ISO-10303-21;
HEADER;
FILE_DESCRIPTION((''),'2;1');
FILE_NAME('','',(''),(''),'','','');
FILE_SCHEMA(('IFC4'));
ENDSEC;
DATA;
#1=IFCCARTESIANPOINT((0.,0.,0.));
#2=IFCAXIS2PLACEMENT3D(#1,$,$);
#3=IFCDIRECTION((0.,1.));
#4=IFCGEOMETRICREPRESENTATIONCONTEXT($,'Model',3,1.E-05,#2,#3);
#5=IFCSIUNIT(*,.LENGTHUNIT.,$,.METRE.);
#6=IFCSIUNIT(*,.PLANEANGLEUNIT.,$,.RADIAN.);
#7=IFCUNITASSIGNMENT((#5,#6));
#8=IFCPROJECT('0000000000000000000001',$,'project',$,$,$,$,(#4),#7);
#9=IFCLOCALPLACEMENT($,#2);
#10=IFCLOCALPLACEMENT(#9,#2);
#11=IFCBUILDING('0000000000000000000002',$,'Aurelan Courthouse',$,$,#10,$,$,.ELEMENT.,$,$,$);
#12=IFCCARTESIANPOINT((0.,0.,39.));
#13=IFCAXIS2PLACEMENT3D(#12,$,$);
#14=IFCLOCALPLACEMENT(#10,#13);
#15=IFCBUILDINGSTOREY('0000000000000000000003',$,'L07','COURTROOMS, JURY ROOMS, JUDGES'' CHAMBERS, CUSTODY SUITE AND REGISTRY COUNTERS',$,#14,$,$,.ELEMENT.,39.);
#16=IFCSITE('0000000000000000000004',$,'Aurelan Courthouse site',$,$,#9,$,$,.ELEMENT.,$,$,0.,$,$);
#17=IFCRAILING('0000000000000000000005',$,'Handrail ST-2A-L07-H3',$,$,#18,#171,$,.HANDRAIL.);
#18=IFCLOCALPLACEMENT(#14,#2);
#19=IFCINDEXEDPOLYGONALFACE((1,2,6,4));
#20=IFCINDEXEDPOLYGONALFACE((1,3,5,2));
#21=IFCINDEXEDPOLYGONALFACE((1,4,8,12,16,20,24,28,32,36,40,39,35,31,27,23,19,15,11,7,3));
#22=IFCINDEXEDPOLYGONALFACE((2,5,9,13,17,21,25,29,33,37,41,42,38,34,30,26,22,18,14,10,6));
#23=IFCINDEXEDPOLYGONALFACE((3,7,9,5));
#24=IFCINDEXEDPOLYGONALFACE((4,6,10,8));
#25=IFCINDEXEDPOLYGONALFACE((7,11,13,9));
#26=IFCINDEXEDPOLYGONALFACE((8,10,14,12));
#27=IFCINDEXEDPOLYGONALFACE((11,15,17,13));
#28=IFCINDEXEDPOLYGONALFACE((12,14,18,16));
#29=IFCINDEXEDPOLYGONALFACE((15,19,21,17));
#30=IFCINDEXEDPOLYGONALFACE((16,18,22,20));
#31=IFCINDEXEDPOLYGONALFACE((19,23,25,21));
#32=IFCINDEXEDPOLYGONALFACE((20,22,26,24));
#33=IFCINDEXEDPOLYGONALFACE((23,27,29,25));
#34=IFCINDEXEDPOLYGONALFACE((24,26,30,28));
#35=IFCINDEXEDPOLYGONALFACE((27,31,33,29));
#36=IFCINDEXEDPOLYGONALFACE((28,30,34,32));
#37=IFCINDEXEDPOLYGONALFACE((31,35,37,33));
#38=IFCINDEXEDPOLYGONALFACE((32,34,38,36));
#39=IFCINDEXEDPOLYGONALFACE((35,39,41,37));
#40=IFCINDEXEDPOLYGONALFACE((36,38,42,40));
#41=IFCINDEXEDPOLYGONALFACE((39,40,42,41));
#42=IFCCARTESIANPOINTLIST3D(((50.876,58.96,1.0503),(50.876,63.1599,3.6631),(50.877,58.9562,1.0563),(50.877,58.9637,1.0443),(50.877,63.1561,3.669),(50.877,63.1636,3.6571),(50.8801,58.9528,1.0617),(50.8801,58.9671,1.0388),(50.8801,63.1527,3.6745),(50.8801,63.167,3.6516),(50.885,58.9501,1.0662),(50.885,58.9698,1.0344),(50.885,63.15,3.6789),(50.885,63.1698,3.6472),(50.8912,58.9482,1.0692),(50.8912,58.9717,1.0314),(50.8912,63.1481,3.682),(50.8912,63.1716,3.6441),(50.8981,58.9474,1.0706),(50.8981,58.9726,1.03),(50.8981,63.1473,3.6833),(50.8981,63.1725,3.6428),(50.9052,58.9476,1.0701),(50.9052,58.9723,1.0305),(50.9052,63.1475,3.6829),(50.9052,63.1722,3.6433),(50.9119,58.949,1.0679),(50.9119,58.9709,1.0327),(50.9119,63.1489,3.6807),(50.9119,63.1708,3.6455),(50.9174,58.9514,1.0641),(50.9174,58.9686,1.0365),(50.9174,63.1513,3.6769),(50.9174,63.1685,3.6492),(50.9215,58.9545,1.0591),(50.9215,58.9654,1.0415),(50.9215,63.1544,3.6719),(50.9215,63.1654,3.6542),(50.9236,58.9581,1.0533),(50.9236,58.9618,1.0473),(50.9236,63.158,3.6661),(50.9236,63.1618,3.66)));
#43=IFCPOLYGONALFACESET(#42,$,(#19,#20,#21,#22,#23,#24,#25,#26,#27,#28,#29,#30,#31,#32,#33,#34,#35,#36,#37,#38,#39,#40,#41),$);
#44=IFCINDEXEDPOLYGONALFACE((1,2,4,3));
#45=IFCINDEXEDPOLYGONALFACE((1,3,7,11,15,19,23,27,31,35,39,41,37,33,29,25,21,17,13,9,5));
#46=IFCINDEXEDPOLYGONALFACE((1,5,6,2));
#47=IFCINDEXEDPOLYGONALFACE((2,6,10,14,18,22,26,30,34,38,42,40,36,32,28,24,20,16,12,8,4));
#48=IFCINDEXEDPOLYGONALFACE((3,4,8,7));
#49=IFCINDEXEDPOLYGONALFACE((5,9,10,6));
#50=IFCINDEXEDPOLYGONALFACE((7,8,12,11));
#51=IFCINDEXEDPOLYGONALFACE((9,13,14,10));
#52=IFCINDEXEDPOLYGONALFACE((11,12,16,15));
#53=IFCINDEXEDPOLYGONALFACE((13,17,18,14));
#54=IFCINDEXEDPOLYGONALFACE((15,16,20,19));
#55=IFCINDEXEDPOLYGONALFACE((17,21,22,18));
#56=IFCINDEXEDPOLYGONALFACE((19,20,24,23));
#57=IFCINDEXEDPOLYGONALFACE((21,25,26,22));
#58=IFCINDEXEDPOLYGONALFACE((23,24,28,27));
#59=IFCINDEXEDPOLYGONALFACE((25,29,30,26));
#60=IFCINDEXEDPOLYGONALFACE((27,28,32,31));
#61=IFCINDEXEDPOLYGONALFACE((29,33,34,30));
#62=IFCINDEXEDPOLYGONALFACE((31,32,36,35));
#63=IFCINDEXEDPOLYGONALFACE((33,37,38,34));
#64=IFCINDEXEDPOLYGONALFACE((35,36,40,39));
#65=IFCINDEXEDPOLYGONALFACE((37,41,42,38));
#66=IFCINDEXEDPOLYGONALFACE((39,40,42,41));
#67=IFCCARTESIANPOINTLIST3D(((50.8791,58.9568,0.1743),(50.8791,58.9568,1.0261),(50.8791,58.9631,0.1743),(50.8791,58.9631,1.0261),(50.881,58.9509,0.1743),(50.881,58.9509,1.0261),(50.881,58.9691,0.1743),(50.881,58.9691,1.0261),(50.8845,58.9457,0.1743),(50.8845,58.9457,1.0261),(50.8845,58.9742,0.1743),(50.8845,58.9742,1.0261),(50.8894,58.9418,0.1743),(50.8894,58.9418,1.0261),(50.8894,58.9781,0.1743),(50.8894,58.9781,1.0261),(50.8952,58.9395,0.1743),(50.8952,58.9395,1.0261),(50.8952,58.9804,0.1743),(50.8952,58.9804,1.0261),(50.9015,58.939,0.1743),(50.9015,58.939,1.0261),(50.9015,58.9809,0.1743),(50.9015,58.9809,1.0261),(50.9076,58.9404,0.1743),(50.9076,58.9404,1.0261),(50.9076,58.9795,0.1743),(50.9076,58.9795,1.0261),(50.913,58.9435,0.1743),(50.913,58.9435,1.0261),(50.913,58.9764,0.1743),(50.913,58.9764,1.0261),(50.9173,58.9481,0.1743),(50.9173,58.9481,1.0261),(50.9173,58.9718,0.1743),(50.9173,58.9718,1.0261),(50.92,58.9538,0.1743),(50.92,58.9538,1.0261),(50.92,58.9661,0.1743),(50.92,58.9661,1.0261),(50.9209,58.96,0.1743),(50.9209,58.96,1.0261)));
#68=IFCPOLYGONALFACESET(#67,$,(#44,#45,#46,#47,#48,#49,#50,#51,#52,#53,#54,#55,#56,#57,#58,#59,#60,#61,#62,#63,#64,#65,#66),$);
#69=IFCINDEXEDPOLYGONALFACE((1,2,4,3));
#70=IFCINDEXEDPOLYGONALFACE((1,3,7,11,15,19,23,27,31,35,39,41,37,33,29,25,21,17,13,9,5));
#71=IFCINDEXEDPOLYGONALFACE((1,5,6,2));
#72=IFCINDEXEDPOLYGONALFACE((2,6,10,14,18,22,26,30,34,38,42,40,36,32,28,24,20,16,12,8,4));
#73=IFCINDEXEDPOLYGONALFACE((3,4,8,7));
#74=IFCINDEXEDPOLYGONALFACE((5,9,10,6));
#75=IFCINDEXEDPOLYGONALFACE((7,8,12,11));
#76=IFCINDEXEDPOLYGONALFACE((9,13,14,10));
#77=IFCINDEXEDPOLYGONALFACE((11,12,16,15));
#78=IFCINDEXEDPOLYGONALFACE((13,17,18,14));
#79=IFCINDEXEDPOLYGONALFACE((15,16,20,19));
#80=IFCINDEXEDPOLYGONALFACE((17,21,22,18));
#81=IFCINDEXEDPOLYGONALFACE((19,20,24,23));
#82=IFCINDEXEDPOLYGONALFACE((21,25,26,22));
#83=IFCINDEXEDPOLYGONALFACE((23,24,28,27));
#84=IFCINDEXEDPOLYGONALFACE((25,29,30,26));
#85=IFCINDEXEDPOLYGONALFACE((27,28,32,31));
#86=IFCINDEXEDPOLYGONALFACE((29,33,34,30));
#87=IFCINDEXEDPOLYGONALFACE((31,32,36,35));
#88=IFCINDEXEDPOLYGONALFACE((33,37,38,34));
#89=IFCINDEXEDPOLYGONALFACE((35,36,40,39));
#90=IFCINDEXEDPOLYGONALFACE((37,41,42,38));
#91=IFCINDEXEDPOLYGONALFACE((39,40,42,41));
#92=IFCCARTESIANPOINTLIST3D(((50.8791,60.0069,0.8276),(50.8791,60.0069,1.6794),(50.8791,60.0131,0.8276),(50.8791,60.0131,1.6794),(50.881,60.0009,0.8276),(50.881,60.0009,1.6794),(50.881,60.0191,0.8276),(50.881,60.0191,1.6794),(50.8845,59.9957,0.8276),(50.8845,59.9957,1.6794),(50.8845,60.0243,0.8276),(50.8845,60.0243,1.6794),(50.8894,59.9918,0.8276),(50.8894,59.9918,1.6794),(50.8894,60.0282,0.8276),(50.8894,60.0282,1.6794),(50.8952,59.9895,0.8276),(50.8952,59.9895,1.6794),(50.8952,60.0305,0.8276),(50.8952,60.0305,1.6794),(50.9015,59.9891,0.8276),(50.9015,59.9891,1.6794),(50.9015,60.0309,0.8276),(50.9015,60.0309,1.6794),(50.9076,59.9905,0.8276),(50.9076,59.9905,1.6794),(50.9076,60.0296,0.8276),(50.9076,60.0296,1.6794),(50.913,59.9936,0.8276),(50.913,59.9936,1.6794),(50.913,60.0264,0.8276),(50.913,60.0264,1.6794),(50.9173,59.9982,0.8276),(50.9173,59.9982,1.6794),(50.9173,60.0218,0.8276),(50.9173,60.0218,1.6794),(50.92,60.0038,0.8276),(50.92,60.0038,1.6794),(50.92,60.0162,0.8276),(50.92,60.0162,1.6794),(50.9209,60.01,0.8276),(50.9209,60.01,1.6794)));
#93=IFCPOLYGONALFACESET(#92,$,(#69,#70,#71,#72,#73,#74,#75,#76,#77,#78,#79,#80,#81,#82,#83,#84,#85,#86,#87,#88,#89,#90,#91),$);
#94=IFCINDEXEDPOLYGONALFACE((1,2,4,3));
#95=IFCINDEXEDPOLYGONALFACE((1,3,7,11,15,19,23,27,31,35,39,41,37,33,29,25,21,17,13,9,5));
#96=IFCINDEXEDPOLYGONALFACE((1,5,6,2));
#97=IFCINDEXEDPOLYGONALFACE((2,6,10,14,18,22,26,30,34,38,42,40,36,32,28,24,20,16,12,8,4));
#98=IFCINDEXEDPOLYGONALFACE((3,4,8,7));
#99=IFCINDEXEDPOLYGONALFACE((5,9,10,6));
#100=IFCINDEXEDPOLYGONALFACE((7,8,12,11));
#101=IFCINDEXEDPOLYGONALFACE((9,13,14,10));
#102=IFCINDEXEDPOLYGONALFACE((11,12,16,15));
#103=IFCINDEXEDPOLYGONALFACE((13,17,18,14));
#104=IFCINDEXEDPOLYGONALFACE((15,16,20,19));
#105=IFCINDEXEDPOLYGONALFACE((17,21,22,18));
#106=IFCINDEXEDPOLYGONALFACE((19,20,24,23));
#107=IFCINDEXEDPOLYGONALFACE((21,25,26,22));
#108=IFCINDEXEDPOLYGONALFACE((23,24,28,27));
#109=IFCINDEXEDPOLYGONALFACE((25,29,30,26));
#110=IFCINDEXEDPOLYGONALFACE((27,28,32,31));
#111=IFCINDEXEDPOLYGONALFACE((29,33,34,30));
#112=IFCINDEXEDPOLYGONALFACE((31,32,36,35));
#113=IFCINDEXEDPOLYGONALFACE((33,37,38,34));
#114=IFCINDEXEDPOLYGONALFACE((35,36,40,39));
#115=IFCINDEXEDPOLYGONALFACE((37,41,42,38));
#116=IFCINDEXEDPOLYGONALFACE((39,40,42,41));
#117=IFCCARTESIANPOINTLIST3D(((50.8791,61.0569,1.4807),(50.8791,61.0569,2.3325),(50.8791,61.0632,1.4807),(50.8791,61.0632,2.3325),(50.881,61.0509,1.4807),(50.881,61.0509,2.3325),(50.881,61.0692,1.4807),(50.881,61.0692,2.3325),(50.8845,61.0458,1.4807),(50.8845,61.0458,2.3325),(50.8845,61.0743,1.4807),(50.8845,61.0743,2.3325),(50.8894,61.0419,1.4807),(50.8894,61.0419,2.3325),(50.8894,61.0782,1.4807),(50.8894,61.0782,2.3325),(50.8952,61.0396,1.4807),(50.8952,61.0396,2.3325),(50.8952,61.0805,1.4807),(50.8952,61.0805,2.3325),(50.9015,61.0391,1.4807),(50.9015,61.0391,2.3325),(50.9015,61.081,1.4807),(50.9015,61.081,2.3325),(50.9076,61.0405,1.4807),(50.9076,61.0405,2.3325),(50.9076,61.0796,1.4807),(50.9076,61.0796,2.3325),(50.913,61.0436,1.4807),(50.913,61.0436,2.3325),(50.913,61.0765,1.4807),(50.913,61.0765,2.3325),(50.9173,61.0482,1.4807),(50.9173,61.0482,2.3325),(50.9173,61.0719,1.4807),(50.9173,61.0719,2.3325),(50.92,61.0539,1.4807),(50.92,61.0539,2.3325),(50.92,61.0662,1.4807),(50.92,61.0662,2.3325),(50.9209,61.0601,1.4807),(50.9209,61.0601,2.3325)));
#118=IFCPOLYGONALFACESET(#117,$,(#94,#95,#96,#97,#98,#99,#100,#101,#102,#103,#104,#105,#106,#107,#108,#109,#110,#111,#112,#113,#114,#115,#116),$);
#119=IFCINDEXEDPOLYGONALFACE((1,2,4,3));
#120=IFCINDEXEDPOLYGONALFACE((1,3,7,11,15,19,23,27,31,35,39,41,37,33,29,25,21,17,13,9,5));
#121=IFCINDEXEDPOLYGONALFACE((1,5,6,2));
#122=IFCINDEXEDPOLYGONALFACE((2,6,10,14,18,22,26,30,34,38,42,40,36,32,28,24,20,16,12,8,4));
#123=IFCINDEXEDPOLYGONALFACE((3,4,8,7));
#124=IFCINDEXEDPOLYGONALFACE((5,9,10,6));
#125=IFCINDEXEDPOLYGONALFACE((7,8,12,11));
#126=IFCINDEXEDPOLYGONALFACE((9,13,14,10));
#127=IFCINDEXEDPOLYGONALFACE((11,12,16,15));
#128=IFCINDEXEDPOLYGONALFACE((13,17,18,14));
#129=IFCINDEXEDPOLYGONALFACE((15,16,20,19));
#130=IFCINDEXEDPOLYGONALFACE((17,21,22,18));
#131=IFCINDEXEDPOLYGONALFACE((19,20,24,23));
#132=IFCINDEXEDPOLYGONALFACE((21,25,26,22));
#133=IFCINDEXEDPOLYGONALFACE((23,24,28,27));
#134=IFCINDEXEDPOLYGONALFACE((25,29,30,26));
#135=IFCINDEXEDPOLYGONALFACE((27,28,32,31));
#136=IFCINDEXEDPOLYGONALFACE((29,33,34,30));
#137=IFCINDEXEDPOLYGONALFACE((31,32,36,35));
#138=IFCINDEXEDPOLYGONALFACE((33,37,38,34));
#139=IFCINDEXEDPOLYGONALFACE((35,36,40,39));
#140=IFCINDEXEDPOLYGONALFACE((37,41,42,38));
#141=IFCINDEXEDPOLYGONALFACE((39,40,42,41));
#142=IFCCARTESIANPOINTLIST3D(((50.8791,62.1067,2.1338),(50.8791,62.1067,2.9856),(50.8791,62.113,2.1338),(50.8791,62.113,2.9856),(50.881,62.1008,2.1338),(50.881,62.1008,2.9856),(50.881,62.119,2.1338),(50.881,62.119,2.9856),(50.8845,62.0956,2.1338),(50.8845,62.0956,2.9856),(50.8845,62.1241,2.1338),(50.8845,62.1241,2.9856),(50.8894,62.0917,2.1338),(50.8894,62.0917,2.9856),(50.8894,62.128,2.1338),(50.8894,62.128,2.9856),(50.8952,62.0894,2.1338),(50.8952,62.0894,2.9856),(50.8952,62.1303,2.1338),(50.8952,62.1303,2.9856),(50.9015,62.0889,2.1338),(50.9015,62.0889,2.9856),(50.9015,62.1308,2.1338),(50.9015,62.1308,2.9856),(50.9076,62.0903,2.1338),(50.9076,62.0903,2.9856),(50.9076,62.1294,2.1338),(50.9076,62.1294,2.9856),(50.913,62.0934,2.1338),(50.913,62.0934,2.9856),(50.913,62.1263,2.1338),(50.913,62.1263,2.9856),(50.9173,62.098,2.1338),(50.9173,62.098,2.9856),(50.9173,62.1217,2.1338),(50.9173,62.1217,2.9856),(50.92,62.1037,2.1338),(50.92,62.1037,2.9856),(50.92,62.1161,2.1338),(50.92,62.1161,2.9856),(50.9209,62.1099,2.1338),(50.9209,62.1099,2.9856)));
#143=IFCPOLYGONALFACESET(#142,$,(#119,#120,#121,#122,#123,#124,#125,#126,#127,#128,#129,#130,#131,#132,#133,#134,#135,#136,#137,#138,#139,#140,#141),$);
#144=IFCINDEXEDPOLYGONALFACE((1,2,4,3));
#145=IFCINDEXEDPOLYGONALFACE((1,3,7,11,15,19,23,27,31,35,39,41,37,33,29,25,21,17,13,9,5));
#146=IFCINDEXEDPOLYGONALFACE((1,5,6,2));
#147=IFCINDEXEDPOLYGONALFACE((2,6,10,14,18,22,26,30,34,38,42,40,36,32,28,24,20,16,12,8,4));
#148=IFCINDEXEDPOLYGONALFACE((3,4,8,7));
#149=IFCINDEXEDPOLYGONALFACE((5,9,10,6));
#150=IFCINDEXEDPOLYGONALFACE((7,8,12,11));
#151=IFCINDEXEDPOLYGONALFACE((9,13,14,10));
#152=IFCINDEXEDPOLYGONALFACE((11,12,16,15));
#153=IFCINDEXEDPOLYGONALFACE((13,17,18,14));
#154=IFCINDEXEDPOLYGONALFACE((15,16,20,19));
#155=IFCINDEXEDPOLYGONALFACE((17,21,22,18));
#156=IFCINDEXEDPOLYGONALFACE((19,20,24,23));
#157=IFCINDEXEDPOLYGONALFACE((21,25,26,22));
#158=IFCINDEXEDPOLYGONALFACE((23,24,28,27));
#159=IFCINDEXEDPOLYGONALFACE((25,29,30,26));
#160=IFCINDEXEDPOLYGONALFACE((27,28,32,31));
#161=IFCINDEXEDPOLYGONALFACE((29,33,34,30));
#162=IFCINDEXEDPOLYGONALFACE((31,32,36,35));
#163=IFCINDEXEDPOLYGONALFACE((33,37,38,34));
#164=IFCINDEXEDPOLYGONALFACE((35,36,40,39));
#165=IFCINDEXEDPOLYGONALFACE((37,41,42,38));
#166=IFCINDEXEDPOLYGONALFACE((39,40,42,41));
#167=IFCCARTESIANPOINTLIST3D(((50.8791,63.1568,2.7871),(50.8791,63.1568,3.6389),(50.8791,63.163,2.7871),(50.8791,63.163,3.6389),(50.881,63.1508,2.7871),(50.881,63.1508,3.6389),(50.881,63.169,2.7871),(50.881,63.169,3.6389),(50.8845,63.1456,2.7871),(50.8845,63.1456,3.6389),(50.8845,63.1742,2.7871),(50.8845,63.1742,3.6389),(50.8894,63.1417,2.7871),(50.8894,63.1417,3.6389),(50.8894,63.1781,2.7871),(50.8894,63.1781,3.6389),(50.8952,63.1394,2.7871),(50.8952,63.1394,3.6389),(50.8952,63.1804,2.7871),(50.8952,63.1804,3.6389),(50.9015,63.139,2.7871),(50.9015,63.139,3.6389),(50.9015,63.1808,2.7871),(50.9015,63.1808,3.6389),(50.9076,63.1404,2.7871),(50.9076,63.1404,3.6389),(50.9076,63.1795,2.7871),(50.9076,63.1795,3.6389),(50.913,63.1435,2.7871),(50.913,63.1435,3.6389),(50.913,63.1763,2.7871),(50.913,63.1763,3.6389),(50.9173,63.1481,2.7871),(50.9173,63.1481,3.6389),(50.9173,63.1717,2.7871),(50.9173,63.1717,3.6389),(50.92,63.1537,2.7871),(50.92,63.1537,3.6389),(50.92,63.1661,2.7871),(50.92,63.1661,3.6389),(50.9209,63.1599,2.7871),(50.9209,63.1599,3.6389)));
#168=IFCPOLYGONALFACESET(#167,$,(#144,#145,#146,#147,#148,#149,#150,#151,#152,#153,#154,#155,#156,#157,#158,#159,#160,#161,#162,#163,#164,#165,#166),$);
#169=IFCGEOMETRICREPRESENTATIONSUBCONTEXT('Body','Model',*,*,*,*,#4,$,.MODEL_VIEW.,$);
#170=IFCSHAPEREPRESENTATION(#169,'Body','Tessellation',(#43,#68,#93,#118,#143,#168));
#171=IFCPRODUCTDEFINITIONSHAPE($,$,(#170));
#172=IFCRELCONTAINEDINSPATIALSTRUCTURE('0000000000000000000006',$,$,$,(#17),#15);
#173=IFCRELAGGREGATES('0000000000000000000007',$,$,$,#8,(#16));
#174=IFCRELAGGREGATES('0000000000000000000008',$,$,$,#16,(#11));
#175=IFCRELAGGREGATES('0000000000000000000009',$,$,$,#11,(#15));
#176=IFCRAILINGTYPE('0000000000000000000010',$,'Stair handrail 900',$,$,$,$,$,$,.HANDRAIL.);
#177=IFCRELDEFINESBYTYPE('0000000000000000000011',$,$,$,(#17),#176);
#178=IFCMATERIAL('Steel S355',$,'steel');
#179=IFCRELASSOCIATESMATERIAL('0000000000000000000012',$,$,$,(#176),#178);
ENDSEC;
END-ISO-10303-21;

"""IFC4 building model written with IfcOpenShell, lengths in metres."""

from ifc_helpers import new_model, si_unit, direction, frame, origin, origin_2d, place, context, subcontext, project, spatial, circle, extrude, material, type_object, element, save


model = new_model("IFC4")

# Units and contexts
model_context = context("Model", 3, precision=1e-05, world=origin(), true_north=direction((0.0, 1.0)))
body_context = subcontext(model_context, "Body", "Model", "MODEL_VIEW")
ifc_project = project(units=[si_unit("LENGTHUNIT", "METRE"), si_unit("PLANEANGLEUNIT", "RADIAN")], contexts=[model_context])

# Site, building, storey
site_placement = place(None, origin())
site = spatial("IfcSite", under=ifc_project, at=site_placement, Name="Aurelan Courthouse site", CompositionType="ELEMENT", RefElevation=0.0)
building_placement = place(site_placement, origin())
building = spatial("IfcBuilding", under=site, at=building_placement, Name="Aurelan Courthouse", CompositionType="ELEMENT")
storey_placement = place(building_placement, frame((0.0, 0.0, 39.0)))
storey = spatial("IfcBuildingStorey", under=building, at=storey_placement, Name="L07", Description="COURTROOMS, JURY ROOMS, JUDGES' CHAMBERS, CUSTODY SUITE AND REGISTRY COUNTERS", CompositionType="ELEMENT", Elevation=39.0)

# Shared definitions
ifc_material_1 = material(Name="Steel S355", Category="steel")

# Railing
railing_type_1 = type_object("IfcRailingType", Name="Stair handrail 900", PredefinedType="HANDRAIL", material=ifc_material_1)
for number, where, name in (
    (1, (50.8999, 58.96, 0.1743), "Handrail ST-2A-L07-H3"),
):
    element("IfcRailing", number, at=place(storey_placement, frame(where)), inside=storey, type_object=railing_type_1, Name=name, PredefinedType="HANDRAIL", context=body_context, shape_type="SweptSolid", body=[
        extrude(circle(Radius=0.0239, at=origin_2d()), frame((0.0, 0.0, 0.876), z_axis=(0.0, 0.849103, 0.528228), x_axis=(-1.0, 0.0, 0.0)), (0.0, 0.0, 1.0), 4.9463),
        extrude(circle(Radius=0.021, at=origin_2d()), origin(), (0.0, 0.0, 1.0), 0.8518),
        extrude(circle(Radius=0.021, at=origin_2d()), frame((0.0, 1.05, 0.6533)), (0.0, 0.0, 1.0), 0.8518),
        extrude(circle(Radius=0.021, at=origin_2d()), frame((0.0, 2.1001, 1.3064)), (0.0, 0.0, 1.0), 0.8518),
        extrude(circle(Radius=0.021, at=origin_2d()), frame((0.0, 3.1499, 1.9595)), (0.0, 0.0, 1.0), 0.8518),
        extrude(circle(Radius=0.021, at=origin_2d()), frame((0.0, 4.2, 2.6128)), (0.0, 0.0, 1.0), 0.8518),
    ])

save(model, "model.ifc")
